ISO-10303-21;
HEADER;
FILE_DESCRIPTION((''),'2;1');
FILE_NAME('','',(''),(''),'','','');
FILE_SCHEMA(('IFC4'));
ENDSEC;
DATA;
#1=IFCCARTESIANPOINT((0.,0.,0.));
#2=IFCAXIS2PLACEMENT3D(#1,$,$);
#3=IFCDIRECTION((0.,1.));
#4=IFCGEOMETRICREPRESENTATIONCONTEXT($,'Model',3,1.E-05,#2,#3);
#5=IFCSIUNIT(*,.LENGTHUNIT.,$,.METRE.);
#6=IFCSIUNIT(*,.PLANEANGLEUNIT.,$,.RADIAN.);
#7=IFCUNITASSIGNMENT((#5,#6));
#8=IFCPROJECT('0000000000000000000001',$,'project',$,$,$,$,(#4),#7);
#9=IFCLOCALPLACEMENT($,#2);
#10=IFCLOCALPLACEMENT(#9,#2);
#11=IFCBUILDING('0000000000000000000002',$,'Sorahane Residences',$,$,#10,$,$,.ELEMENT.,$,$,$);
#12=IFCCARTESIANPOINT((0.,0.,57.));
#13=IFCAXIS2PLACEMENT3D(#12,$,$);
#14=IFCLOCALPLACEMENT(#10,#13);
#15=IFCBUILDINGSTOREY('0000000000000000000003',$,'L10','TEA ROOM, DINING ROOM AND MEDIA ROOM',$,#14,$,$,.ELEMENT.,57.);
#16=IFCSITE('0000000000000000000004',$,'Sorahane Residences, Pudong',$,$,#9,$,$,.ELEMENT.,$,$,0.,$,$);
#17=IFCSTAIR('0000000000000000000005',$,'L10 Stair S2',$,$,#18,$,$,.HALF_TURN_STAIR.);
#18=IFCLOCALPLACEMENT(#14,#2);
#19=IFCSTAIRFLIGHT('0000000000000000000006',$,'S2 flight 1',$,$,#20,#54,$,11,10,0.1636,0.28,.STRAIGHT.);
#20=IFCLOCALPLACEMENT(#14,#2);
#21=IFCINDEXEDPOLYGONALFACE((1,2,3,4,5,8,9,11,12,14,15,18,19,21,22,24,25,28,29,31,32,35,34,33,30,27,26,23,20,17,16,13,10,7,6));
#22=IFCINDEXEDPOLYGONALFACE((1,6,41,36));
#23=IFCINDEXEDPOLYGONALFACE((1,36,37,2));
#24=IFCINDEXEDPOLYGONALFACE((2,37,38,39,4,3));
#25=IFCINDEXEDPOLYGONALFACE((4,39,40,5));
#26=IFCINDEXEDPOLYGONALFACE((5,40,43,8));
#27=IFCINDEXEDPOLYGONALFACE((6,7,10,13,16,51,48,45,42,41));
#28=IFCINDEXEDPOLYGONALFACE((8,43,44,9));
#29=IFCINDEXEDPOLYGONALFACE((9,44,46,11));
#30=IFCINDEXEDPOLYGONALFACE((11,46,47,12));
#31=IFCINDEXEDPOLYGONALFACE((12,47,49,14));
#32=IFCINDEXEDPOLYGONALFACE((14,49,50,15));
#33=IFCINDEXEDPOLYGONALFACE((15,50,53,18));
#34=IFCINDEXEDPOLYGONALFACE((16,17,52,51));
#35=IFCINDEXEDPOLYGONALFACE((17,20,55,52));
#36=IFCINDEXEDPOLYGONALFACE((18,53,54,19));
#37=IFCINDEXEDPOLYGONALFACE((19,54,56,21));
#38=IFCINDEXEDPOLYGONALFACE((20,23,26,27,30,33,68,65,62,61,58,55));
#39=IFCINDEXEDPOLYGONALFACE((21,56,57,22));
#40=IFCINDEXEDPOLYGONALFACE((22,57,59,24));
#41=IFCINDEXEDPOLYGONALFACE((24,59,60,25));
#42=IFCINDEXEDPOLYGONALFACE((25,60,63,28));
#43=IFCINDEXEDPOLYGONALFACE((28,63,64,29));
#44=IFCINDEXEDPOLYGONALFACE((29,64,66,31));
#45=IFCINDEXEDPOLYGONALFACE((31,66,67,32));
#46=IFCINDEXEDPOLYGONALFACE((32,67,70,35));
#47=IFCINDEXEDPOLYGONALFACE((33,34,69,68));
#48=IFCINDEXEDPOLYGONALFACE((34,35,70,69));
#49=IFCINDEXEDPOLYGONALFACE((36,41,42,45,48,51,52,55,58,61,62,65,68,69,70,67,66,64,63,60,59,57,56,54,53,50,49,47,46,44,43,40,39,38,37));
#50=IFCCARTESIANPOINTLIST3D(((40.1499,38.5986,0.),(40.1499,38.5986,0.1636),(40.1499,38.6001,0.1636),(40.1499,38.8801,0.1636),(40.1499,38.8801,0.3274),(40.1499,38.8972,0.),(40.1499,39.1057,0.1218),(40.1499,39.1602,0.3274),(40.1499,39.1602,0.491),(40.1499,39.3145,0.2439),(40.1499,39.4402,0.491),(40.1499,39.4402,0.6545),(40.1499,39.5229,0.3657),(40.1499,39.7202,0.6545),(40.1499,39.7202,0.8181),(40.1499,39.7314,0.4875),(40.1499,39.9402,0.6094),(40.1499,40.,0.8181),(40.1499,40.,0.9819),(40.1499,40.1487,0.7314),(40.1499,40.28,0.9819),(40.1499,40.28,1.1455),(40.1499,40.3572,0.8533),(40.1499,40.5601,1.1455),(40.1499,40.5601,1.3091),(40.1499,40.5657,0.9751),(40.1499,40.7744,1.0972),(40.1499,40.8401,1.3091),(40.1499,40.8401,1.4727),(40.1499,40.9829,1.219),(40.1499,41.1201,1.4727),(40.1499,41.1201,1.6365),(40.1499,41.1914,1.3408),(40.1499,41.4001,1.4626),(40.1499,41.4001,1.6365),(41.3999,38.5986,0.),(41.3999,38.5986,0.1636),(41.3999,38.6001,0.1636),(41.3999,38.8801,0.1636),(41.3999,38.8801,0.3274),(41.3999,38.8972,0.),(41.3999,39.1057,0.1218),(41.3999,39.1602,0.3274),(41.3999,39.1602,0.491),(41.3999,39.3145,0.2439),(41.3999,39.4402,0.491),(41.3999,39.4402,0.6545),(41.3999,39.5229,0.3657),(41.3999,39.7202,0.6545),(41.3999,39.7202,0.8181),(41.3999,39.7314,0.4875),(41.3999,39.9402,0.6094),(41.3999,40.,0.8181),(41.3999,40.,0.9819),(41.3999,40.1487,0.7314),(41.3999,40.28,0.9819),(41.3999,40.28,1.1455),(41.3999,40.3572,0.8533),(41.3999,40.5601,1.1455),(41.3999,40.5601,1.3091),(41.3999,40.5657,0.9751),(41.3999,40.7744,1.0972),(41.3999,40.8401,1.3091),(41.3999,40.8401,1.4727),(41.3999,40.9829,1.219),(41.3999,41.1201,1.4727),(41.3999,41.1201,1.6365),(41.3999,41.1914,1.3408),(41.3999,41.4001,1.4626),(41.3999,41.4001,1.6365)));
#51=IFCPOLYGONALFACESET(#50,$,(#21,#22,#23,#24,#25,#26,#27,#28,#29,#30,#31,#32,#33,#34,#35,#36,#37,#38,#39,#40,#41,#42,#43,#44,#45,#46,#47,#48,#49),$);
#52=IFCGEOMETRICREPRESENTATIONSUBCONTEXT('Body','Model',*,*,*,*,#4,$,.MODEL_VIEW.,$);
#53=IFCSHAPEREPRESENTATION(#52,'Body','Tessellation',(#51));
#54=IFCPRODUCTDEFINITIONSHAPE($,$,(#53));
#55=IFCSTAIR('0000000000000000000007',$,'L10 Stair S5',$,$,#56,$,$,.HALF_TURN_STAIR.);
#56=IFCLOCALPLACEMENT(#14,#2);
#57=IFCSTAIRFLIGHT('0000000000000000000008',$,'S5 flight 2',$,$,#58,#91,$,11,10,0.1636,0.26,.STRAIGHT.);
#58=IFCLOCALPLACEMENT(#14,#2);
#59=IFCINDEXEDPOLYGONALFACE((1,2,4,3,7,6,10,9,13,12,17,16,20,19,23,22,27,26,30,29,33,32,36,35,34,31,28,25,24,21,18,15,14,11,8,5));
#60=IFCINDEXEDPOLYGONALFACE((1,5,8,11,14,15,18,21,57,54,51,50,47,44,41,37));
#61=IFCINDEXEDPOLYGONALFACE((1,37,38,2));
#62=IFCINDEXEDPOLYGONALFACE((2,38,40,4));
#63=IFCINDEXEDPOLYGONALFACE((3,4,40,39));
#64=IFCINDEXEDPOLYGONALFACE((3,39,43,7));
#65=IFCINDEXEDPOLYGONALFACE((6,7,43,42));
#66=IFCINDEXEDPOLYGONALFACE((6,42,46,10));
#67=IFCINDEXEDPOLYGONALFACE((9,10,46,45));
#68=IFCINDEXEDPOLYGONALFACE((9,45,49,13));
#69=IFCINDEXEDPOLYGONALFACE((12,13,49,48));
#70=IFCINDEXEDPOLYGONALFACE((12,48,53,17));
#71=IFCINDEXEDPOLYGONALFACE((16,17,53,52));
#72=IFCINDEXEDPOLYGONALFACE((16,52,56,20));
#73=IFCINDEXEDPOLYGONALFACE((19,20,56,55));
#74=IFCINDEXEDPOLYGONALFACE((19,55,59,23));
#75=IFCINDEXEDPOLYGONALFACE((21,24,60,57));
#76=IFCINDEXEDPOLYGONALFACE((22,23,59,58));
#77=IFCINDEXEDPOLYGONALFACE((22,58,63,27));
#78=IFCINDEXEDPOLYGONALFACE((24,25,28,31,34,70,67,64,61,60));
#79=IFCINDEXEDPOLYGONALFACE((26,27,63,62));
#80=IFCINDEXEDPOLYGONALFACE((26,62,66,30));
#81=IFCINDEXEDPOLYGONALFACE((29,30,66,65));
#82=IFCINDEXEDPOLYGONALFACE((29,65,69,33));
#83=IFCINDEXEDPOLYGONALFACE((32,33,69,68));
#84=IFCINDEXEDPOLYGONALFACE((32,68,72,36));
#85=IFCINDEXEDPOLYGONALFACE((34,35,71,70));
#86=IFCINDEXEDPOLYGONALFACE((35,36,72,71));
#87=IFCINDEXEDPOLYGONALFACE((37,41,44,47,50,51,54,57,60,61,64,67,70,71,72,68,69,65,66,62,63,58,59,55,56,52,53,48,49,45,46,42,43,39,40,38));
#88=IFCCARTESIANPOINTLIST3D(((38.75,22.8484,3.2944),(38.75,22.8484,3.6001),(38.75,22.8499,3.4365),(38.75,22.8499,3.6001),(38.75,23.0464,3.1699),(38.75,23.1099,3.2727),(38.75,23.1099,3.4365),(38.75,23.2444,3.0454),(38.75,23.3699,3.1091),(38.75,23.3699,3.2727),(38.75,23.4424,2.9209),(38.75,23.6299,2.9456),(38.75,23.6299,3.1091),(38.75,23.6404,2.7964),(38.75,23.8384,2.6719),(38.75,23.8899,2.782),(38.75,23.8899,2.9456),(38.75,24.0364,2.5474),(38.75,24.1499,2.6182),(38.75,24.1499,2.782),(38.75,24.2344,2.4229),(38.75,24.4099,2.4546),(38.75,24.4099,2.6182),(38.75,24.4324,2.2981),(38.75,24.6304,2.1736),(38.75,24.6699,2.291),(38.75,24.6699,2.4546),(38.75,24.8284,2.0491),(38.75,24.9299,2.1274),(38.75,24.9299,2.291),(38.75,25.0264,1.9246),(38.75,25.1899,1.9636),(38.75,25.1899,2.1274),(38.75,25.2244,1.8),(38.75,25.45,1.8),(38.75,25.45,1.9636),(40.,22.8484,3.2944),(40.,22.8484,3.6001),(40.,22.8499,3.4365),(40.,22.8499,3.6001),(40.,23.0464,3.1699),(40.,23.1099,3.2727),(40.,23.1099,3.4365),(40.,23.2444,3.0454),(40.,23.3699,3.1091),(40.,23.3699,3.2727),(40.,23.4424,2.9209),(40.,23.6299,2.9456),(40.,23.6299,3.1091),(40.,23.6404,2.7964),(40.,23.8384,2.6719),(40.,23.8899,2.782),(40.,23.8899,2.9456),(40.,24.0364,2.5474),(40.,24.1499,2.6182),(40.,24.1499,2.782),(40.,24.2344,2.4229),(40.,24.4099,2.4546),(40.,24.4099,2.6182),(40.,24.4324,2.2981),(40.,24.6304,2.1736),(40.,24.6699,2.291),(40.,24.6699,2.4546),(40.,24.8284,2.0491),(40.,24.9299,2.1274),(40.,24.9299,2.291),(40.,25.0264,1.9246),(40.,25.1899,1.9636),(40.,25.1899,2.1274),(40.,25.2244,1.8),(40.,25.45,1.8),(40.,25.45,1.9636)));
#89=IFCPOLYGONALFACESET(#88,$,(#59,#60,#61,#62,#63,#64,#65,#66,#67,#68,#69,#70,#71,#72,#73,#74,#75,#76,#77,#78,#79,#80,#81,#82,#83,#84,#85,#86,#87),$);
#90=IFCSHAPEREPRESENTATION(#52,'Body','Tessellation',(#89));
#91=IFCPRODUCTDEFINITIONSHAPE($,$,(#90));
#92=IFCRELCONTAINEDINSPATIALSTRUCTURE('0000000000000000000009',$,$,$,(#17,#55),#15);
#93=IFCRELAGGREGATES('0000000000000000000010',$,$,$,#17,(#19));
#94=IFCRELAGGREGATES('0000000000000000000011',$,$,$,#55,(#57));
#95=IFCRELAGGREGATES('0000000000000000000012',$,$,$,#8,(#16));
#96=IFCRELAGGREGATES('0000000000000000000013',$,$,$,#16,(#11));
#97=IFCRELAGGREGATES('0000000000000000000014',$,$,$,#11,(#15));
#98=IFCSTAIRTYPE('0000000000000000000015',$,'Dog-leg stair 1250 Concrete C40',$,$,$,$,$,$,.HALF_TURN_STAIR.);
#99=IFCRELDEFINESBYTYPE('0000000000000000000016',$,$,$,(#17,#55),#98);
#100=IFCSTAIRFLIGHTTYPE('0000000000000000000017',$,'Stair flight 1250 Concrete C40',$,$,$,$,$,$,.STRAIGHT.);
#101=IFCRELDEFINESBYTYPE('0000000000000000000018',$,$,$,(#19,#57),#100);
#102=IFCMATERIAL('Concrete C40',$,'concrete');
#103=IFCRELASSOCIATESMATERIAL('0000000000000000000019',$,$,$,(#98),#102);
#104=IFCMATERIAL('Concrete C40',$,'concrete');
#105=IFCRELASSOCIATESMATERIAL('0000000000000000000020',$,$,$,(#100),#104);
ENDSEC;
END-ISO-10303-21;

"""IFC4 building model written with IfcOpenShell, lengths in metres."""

from ifc_helpers import new_model, si_unit, direction, frame, origin, place, context, subcontext, project, spatial, polyline, outline, extrude, material, type_object, element, aggregate, save


model = new_model("IFC4")

# Units and contexts
model_context = context("Model", 3, precision=1e-05, world=origin(), true_north=direction((0.0, 1.0)))
body_context = subcontext(model_context, "Body", "Model", "MODEL_VIEW")
ifc_project = project(units=[si_unit("LENGTHUNIT", "METRE"), si_unit("PLANEANGLEUNIT", "RADIAN")], contexts=[model_context])

# Site, building, storey
site_placement = place(None, origin())
site = spatial("IfcSite", under=ifc_project, at=site_placement, Name="Sorahane Residences, Pudong", CompositionType="ELEMENT", RefElevation=0.0)
building_placement = place(site_placement, origin())
building = spatial("IfcBuilding", under=site, at=building_placement, Name="Sorahane Residences", CompositionType="ELEMENT")
storey_placement = place(building_placement, frame((0.0, 0.0, 57.0)))
storey = spatial("IfcBuildingStorey", under=building, at=storey_placement, Name="L10", Description="TEA ROOM, DINING ROOM AND MEDIA ROOM", CompositionType="ELEMENT", Elevation=57.0)

# Stairs, stair flights
ifc_material_1 = material(Name="Concrete C40", Category="concrete")
stair_type = type_object("IfcStairType", Name="Dog-leg stair 1250 Concrete C40", PredefinedType="HALF_TURN_STAIR", material=ifc_material_1)
stair_1_placement = place(storey_placement, origin())
stair_1 = element("IfcStair", 1, at=stair_1_placement, inside=storey, type_object=stair_type, Name="L10 Stair S2", PredefinedType="HALF_TURN_STAIR")
ifc_material_2 = material(Name="Concrete C40", Category="concrete")
stair_flight_type = type_object("IfcStairFlightType", Name="Stair flight 1250 Concrete C40", PredefinedType="STRAIGHT", material=ifc_material_2)
stair_flight_1_placement = place(storey_placement, frame((40.7749, 38.6001, 0.0), z_axis=(0.0, 0.0, 1.0), x_axis=(0.0, 1.0, 0.0)))
stair_flight_1 = element("IfcStairFlight", 2, at=stair_flight_1_placement, type_object=stair_flight_type, Name="S2 flight 1", NumberOfRisers=11, NumberOfTreads=10, PredefinedType="STRAIGHT", RiserHeight=0.1636, TreadLength=0.28, context=body_context, shape_type="SweptSolid", body=[
    extrude(outline(polyline([(-0.0015, 0.0), (-0.0015, 0.1636), (0.0, 0.1636), (0.28, 0.1636), (0.28, 0.3274), (0.5601, 0.3274), (0.5601, 0.491), (0.8401, 0.491), (0.8401, 0.6545), (1.1201, 0.6545), (1.1201, 0.8181), (1.3999, 0.8181), (1.3999, 0.9819), (1.6799, 0.9819), (1.6799, 1.1455), (1.96, 1.1455), (1.96, 1.3091), (2.24, 1.3091), (2.24, 1.4727), (2.52, 1.4727), (2.52, 1.6365), (2.8, 1.6365), (2.8, 1.8), (2.8, 1.4626), (2.5913, 1.3408), (2.3828, 1.219), (2.1743, 1.0972), (1.9656, 0.9751), (1.7571, 0.8533), (1.5486, 0.7314), (1.3401, 0.6094), (1.1313, 0.4875), (0.9229, 0.3657), (0.7144, 0.2439), (0.5056, 0.1218), (0.2971, 0.0), (-0.0015, 0.0)])), frame((0.0, 0.625, 0.0), z_axis=(0.0, -1.0, 0.0), x_axis=(1.0, 0.0, 0.0)), (0.0, 0.0, 1.0), 1.25),
])
aggregate(stair_1, [stair_flight_1])
stair_2_placement = place(storey_placement, origin())
stair_2 = element("IfcStair", 3, at=stair_2_placement, inside=storey, type_object=stair_type, Name="L10 Stair S5", PredefinedType="HALF_TURN_STAIR")
stair_flight_2_placement = place(storey_placement, frame((39.375, 25.45, 1.8), z_axis=(0.0, 0.0, 1.0), x_axis=(0.0, -1.0, 0.0)))
stair_flight_2 = element("IfcStairFlight", 4, at=stair_flight_2_placement, type_object=stair_flight_type, Name="S5 flight 2", NumberOfRisers=11, NumberOfTreads=10, PredefinedType="STRAIGHT", RiserHeight=0.1636, TreadLength=0.26, context=body_context, shape_type="SweptSolid", body=[
    extrude(outline(polyline([(0.0, 0.0), (0.0, 0.1636), (0.26, 0.1636), (0.26, 0.3274), (0.52, 0.3274), (0.52, 0.491), (0.78, 0.491), (0.78, 0.6545), (1.04, 0.6545), (1.04, 0.8181), (1.3, 0.8181), (1.3, 0.9819), (1.5601, 0.9819), (1.5601, 1.1455), (1.8201, 1.1455), (1.8201, 1.3091), (2.0801, 1.3091), (2.0801, 1.4727), (2.3401, 1.4727), (2.3401, 1.6365), (2.6001, 1.6365), (2.6001, 1.8), (2.6016, 1.8), (2.6016, 1.4944), (2.4036, 1.3699), (2.2056, 1.2454), (2.0076, 1.1208), (1.8096, 0.9963), (1.6116, 0.8718), (1.4136, 0.7473), (1.2156, 0.6228), (1.0176, 0.498), (0.8196, 0.3735), (0.6216, 0.249), (0.4236, 0.1245), (0.2256, 0.0), (0.0, 0.0)])), frame((0.0, 0.625, 0.0), z_axis=(0.0, -1.0, 0.0), x_axis=(1.0, 0.0, 0.0)), (0.0, 0.0, 1.0), 1.25),
])
aggregate(stair_2, [stair_flight_2])

save(model, "model.ifc")
